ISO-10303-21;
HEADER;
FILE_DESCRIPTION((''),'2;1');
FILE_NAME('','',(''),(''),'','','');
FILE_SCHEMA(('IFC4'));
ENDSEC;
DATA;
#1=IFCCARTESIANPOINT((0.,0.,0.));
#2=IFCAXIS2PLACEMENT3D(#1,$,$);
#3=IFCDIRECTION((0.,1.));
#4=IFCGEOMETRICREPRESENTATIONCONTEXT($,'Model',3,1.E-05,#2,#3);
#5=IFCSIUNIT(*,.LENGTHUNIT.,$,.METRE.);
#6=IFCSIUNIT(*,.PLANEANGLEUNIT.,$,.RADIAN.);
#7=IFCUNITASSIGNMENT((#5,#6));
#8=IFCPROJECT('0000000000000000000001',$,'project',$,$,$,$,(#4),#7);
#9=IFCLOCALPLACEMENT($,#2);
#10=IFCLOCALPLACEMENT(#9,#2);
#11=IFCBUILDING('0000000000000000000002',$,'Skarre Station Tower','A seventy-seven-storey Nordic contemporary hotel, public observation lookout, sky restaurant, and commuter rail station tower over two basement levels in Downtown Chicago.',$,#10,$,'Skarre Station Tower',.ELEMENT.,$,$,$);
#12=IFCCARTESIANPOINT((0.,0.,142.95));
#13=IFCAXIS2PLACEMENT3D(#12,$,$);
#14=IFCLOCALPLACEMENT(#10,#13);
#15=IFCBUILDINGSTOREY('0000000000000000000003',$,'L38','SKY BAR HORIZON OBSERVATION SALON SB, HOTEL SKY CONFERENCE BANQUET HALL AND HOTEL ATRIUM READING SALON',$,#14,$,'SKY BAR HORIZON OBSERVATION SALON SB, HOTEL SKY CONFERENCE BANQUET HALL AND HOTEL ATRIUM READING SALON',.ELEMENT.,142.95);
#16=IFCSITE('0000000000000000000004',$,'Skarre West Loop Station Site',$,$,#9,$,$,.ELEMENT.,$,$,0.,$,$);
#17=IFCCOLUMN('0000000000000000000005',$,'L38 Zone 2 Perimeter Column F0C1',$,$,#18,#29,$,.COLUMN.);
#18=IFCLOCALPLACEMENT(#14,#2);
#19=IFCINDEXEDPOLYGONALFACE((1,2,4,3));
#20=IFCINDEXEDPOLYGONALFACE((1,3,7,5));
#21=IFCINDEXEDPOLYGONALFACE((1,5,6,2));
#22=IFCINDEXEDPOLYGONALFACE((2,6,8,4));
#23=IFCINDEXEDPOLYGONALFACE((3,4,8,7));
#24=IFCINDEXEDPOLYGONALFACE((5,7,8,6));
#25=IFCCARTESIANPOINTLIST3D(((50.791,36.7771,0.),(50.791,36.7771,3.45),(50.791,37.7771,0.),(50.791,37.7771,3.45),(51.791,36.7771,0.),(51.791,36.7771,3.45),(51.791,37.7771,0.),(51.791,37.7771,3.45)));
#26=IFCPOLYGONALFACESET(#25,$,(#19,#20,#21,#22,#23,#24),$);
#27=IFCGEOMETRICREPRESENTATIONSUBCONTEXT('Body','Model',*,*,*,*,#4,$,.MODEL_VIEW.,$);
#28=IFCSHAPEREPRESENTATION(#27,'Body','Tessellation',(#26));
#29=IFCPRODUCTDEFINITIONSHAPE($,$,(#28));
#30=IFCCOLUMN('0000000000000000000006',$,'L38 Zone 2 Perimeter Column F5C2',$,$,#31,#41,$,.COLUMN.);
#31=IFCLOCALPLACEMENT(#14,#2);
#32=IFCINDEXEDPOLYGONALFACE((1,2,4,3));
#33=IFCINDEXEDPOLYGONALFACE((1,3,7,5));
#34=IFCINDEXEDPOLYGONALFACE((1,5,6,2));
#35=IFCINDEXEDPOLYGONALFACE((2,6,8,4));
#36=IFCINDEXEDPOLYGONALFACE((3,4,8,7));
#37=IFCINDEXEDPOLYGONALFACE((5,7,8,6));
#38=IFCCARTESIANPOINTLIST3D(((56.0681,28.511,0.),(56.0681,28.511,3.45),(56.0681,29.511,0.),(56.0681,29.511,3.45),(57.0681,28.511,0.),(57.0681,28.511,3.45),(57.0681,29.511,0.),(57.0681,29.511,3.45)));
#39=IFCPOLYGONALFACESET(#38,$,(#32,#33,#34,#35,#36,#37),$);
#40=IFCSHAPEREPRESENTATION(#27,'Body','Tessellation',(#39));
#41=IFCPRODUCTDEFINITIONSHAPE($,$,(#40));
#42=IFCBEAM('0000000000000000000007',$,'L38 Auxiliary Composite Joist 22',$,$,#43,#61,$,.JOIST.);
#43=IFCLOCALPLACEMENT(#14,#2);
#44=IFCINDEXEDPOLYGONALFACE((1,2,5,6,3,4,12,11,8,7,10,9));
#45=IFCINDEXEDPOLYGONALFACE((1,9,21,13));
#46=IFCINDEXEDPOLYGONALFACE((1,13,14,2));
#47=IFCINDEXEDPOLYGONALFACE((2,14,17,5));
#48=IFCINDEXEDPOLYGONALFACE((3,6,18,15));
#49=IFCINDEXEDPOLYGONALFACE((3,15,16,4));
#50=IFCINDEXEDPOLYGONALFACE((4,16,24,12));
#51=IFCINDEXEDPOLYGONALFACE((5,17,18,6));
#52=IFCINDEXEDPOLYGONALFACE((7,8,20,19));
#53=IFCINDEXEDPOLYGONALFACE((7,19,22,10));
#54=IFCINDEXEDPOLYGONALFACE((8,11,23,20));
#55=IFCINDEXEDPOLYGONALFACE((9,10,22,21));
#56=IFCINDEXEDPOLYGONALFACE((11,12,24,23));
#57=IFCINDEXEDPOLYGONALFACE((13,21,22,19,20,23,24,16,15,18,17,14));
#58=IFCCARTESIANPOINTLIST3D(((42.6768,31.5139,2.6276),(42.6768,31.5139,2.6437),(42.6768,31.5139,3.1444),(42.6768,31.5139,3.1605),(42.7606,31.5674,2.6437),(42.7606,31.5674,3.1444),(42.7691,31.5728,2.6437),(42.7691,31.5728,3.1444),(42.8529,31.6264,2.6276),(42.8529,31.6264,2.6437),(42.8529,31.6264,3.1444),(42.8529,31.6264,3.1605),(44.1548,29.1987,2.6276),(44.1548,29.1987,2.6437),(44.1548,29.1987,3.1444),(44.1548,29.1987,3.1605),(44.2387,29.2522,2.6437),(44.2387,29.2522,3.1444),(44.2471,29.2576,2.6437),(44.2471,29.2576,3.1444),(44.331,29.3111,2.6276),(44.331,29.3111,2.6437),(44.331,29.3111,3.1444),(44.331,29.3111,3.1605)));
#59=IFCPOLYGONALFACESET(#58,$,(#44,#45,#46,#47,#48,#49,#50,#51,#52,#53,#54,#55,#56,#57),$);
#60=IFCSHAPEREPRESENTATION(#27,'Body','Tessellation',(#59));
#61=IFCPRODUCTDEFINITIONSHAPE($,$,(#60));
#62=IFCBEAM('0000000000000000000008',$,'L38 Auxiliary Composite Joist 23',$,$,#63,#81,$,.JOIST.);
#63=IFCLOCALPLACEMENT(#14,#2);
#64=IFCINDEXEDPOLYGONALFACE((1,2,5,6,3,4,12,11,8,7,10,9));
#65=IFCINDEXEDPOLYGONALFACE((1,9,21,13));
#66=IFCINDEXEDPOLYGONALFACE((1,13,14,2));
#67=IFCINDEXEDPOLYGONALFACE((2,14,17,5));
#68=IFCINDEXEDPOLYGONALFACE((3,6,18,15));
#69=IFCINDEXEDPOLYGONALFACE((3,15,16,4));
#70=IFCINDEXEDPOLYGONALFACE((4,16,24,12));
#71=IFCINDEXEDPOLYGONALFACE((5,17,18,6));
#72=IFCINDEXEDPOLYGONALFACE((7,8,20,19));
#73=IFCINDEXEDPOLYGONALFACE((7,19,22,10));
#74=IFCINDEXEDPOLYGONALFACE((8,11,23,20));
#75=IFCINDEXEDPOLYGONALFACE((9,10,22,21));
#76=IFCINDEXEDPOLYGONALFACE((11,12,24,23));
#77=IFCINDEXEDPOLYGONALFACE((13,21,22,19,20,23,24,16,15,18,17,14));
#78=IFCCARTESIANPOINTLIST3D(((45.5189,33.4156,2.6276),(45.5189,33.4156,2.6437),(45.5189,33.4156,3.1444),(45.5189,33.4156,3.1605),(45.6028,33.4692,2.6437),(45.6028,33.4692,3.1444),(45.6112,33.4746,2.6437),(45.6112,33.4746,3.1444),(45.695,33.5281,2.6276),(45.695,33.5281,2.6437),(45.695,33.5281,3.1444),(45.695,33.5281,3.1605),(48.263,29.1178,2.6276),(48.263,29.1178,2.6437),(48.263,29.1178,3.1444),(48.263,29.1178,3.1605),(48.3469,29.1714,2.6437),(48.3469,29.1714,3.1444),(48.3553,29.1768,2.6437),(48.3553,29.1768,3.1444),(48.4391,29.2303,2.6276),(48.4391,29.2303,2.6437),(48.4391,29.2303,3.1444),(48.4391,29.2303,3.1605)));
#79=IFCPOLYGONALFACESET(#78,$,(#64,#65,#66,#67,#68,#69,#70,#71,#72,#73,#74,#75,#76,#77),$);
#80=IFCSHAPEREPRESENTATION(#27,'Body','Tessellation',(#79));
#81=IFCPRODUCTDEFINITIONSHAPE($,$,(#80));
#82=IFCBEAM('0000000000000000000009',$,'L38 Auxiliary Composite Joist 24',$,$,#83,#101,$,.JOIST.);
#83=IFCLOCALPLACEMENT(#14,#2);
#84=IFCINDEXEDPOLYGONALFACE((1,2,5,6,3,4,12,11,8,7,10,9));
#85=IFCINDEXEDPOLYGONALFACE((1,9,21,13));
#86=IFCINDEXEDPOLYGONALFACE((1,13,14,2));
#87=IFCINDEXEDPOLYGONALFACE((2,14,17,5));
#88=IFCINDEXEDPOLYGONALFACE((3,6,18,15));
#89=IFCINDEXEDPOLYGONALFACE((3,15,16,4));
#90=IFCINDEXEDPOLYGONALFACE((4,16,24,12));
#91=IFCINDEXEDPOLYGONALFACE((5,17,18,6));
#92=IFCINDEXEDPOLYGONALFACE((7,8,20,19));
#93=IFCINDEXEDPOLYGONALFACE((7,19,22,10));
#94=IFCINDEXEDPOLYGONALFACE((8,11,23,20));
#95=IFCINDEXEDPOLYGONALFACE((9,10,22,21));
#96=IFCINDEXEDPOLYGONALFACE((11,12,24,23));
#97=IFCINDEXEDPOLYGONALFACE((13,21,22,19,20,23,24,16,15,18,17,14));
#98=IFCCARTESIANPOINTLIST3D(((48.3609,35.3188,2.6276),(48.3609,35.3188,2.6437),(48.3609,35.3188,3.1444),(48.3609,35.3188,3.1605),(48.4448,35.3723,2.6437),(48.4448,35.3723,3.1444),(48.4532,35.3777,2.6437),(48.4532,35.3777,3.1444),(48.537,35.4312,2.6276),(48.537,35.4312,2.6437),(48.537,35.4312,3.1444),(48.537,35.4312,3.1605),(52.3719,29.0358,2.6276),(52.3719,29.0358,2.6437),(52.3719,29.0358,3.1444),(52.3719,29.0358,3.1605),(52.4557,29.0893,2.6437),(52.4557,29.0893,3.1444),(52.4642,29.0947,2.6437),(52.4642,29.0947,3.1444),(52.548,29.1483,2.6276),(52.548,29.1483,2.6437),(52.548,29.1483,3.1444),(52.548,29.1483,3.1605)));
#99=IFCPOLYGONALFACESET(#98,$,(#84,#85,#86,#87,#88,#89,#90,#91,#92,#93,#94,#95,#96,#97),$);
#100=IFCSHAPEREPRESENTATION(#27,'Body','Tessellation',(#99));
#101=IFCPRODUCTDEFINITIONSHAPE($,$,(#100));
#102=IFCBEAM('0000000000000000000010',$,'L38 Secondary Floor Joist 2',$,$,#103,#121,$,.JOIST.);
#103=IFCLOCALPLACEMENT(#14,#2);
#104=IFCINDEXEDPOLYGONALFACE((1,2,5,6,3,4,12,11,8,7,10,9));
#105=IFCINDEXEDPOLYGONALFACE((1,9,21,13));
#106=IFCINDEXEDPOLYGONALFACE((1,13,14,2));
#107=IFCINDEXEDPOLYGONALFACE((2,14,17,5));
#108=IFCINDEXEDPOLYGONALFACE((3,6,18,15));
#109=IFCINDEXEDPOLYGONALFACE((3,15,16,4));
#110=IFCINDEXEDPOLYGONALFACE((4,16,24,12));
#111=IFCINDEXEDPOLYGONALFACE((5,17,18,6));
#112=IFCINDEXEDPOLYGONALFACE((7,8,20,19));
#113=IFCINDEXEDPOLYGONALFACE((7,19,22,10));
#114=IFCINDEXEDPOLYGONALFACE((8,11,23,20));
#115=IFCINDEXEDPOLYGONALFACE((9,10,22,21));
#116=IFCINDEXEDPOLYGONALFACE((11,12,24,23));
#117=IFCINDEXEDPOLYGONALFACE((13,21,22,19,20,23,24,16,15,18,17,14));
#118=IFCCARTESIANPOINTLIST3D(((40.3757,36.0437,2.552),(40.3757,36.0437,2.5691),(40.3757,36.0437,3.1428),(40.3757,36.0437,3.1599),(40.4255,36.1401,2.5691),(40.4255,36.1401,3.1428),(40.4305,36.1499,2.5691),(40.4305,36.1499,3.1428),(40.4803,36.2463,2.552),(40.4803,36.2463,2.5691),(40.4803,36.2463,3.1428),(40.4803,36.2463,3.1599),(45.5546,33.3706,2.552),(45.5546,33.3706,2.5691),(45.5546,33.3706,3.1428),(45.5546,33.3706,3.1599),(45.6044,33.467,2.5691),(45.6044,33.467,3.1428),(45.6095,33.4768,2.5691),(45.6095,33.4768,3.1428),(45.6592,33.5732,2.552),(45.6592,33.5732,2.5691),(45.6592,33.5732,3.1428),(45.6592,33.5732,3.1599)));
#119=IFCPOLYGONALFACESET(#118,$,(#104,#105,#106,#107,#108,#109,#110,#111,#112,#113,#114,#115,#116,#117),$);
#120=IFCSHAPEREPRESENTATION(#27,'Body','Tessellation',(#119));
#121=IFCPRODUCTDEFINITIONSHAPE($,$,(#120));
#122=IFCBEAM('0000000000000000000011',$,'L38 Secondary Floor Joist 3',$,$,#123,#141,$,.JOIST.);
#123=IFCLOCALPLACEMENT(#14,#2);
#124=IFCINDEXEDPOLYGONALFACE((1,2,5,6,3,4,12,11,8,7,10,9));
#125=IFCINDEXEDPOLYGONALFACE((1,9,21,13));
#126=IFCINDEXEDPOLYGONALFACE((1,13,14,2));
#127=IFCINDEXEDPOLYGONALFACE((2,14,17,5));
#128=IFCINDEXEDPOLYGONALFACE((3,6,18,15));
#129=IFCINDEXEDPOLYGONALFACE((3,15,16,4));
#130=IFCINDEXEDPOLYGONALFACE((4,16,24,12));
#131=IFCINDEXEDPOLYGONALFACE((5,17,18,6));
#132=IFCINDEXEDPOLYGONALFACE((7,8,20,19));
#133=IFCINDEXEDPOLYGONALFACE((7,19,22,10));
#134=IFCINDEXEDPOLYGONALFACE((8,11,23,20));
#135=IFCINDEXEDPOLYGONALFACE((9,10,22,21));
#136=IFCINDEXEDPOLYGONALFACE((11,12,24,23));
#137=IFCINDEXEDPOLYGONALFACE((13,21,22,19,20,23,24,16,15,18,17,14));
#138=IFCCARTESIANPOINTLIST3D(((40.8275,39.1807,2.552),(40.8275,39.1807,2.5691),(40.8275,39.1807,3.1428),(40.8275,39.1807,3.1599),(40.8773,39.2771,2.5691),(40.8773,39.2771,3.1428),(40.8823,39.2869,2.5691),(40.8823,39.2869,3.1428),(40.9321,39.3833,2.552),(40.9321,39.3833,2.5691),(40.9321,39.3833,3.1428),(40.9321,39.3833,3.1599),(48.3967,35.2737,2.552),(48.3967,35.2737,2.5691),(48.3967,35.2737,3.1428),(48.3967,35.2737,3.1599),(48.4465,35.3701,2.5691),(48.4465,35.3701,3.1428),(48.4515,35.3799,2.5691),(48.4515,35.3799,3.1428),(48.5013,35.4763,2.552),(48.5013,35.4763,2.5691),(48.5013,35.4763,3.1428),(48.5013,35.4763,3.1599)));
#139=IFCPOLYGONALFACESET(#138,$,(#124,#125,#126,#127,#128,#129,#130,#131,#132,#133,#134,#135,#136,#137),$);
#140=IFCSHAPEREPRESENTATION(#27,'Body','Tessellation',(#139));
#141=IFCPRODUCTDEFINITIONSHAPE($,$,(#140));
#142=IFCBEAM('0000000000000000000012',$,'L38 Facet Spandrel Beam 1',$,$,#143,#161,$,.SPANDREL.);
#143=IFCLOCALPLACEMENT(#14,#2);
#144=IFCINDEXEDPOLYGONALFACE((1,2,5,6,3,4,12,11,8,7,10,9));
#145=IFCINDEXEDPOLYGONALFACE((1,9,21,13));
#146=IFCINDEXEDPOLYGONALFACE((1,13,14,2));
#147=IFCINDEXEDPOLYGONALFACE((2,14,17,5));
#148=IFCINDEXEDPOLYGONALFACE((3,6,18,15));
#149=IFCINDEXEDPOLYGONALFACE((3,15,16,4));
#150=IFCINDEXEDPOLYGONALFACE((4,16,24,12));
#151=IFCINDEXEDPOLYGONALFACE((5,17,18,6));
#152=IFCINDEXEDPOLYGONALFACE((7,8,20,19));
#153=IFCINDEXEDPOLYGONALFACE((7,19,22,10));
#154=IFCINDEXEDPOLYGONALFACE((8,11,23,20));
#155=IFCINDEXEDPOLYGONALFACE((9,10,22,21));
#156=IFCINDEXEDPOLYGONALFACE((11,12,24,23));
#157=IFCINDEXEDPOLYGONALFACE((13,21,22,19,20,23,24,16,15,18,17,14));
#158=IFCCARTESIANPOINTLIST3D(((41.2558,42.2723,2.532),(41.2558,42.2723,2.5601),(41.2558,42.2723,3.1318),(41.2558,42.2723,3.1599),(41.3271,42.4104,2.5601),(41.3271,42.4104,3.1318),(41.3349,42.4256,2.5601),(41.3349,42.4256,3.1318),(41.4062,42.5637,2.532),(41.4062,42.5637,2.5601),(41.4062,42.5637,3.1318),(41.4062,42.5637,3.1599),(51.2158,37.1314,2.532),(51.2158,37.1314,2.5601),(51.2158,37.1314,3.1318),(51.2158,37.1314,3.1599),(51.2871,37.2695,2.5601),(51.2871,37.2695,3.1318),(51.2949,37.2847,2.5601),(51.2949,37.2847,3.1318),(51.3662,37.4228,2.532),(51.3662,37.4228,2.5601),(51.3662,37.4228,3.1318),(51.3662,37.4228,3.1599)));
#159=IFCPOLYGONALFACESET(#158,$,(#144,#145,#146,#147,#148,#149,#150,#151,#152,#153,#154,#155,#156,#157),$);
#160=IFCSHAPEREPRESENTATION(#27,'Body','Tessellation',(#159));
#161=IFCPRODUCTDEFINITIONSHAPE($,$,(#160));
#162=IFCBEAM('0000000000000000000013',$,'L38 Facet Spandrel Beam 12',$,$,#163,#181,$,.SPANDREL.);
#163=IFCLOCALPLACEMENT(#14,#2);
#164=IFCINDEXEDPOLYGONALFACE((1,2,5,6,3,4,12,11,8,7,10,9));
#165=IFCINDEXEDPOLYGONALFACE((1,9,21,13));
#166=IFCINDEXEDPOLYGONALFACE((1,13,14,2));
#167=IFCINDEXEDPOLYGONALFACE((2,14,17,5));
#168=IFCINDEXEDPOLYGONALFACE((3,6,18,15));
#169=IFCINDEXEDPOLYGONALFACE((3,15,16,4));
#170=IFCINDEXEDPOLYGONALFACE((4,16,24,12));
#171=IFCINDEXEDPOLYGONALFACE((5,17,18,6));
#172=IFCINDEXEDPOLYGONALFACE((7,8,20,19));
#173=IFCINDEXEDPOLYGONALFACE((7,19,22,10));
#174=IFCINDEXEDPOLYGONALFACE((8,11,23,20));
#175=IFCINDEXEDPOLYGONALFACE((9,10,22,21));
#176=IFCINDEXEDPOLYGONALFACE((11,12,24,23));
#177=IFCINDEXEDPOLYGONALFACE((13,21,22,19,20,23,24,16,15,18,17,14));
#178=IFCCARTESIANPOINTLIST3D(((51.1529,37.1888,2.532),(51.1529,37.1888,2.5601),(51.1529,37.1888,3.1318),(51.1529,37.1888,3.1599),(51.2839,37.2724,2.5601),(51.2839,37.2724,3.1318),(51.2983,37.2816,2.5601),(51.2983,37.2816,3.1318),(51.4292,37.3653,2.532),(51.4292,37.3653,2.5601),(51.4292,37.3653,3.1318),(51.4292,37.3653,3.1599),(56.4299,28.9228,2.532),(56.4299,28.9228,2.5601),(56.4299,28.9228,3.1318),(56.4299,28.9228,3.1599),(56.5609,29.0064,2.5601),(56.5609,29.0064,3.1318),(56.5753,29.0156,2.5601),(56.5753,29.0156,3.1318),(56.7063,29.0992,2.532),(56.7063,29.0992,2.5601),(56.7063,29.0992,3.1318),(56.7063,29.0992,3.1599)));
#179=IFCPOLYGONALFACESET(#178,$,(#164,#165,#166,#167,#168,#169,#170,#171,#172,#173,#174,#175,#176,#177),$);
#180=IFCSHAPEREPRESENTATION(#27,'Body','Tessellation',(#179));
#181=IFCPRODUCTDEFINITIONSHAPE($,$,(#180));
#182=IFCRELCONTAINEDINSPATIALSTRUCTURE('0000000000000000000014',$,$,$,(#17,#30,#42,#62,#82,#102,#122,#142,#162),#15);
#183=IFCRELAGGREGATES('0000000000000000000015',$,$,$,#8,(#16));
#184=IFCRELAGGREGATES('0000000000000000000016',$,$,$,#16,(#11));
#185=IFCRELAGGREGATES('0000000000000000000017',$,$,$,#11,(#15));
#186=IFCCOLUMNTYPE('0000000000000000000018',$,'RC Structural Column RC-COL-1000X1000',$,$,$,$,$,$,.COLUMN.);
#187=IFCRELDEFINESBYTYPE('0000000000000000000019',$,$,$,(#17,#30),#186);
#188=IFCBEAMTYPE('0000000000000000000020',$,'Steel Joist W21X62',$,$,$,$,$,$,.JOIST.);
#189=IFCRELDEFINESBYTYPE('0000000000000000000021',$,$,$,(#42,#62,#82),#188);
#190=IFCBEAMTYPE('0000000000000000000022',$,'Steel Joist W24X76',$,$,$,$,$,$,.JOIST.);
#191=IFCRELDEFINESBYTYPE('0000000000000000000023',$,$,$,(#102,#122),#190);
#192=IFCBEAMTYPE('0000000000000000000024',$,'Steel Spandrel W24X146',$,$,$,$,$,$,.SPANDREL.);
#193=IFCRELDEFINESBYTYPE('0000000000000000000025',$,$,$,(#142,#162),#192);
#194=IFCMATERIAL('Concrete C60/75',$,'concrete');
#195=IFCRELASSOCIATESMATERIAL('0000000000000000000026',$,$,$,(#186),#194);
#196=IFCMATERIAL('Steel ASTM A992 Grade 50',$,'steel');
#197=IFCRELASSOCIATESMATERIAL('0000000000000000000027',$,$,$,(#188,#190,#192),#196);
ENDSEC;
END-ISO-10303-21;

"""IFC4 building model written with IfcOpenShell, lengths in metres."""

from ifc_helpers import new_model, si_unit, direction, frame, origin, origin_2d, place, context, subcontext, project, spatial, rectangle, i_section, extrude, material, material_profile, profile_set, type_object, element, save


model = new_model("IFC4")

# Units and contexts
model_context = context("Model", 3, precision=1e-05, world=origin(), true_north=direction((0.0, 1.0)))
body_context = subcontext(model_context, "Body", "Model", "MODEL_VIEW")
ifc_project = project(units=[si_unit("LENGTHUNIT", "METRE"), si_unit("PLANEANGLEUNIT", "RADIAN")], contexts=[model_context])

# Site, building, storey
site_placement = place(None, origin())
site = spatial("IfcSite", under=ifc_project, at=site_placement, Name="Skarre West Loop Station Site", CompositionType="ELEMENT", RefElevation=0.0)
building_placement = place(site_placement, origin())
building = spatial("IfcBuilding", under=site, at=building_placement, Name="Skarre Station Tower", Description="A seventy-seven-storey Nordic contemporary hotel, public observation lookout, sky restaurant, and commuter rail station tower over two basement levels in Downtown Chicago.", LongName="Skarre Station Tower", CompositionType="ELEMENT")
storey_placement = place(building_placement, frame((0.0, 0.0, 142.95)))
storey = spatial("IfcBuildingStorey", under=building, at=storey_placement, Name="L38", Description="SKY BAR HORIZON OBSERVATION SALON SB, HOTEL SKY CONFERENCE BANQUET HALL AND HOTEL ATRIUM READING SALON", LongName="SKY BAR HORIZON OBSERVATION SALON SB, HOTEL SKY CONFERENCE BANQUET HALL AND HOTEL ATRIUM READING SALON", CompositionType="ELEMENT", Elevation=142.95)

# Columns
ifc_material_1 = material(Name="Concrete C60/75", Category="concrete")
ifc_material_profile_1 = material_profile(ifc_material_1, rectangle(XDim=1.0, YDim=1.0, at=origin_2d()), Name="Concrete C60/75")
ifc_profile_set_1 = profile_set([ifc_material_profile_1], Name="Concrete C60/75")
column_type = type_object("IfcColumnType", Name="RC Structural Column RC-COL-1000X1000", PredefinedType="COLUMN", material=ifc_profile_set_1)
for number, where, z_axis, x_axis, name in (
    (1, (51.291, 37.2771, 0.0), (0.0, 0.0, 1.0), (1.0, 0.0, 0.0), "L38 Zone 2 Perimeter Column F0C1"),
    (2, (56.5681, 29.011, 0.0), (0.0, 0.0, 1.0), (1.0, 0.0, 0.0), "L38 Zone 2 Perimeter Column F5C2"),
):
    element("IfcColumn", number, at=place(storey_placement, frame(where, z_axis=z_axis, x_axis=x_axis)), inside=storey, type_object=column_type, Name=name, PredefinedType="COLUMN", context=body_context, shape_type="SweptSolid", body=[
        extrude(rectangle(XDim=1.0, YDim=1.0, at=origin_2d()), origin(), (0.0, 0.0, 1.0), 3.45),
    ])

# Beams
ifc_material_2 = material(Name="Steel ASTM A992 Grade 50", Category="steel")
ifc_material_profile_2 = material_profile(ifc_material_2, i_section(OverallWidth=0.209, OverallDepth=0.533, WebThickness=0.01, FlangeThickness=0.0161, at=origin_2d()), Name="Steel ASTM A992 Grade 50")
ifc_profile_set_2 = profile_set([ifc_material_profile_2], Name="Steel ASTM A992 Grade 50")
beam_type_1 = type_object("IfcBeamType", Name="Steel Joist W21X62", PredefinedType="JOIST", material=ifc_profile_set_2)
beam_1_placement = place(storey_placement, frame((44.2429, 29.2549, 2.894), z_axis=(-0.5381, 0.842881, 0.0), x_axis=(-0.842881, -0.5381, 0.0)))
element("IfcBeam", 3, at=beam_1_placement, inside=storey, type_object=beam_type_1, Name="L38 Auxiliary Composite Joist 22", PredefinedType="JOIST", context=body_context, shape_type="SweptSolid", body=[
    extrude(i_section(OverallWidth=0.209, OverallDepth=0.533, WebThickness=0.01, FlangeThickness=0.0161, at=origin_2d()), origin(), (0.0, 0.0, 1.0), 2.7468),
])
beam_2_placement = place(storey_placement, frame((48.3511, 29.1741, 2.894), z_axis=(-0.538151, 0.842848, 0.0), x_axis=(-0.842848, -0.538151, 0.0)))
element("IfcBeam", 4, at=beam_2_placement, inside=storey, type_object=beam_type_1, Name="L38 Auxiliary Composite Joist 23", PredefinedType="JOIST", context=body_context, shape_type="SweptSolid", body=[
    extrude(i_section(OverallWidth=0.209, OverallDepth=0.533, WebThickness=0.01, FlangeThickness=0.0161, at=origin_2d()), origin(), (0.0, 0.0, 1.0), 5.0991),
])
beam_3_placement = place(storey_placement, frame((52.46, 29.092, 2.894), z_axis=(-0.538091, 0.842886, 0.0), x_axis=(-0.842886, -0.538091, 0.0)))
element("IfcBeam", 5, at=beam_3_placement, inside=storey, type_object=beam_type_1, Name="L38 Auxiliary Composite Joist 24", PredefinedType="JOIST", context=body_context, shape_type="SweptSolid", body=[
    extrude(i_section(OverallWidth=0.209, OverallDepth=0.533, WebThickness=0.01, FlangeThickness=0.0161, at=origin_2d()), origin(), (0.0, 0.0, 1.0), 7.4541),
])
ifc_material_profile_3 = material_profile(ifc_material_2, i_section(OverallWidth=0.228, OverallDepth=0.6079, WebThickness=0.011, FlangeThickness=0.0171, at=origin_2d()), Name="Steel ASTM A992 Grade 50")
ifc_profile_set_3 = profile_set([ifc_material_profile_3], Name="Steel ASTM A992 Grade 50")
beam_type_2 = type_object("IfcBeamType", Name="Steel Joist W24X76", PredefinedType="JOIST", material=ifc_profile_set_3)
beam_4_placement = place(storey_placement, frame((45.6069, 33.4719, 2.856), z_axis=(-0.888615, 0.458655, 0.0), x_axis=(-0.458655, -0.888615, 0.0)))
element("IfcBeam", 6, at=beam_4_placement, inside=storey, type_object=beam_type_2, Name="L38 Secondary Floor Joist 2", PredefinedType="JOIST", context=body_context, shape_type="SweptSolid", body=[
    extrude(i_section(OverallWidth=0.228, OverallDepth=0.6079, WebThickness=0.011, FlangeThickness=0.0171, at=origin_2d()), origin(), (0.0, 0.0, 1.0), 5.8281),
])
beam_5_placement = place(storey_placement, frame((48.449, 35.375, 2.856), z_axis=(-0.888604, 0.458676, 0.0), x_axis=(-0.458676, -0.888604, 0.0)))
element("IfcBeam", 7, at=beam_5_placement, inside=storey, type_object=beam_type_2, Name="L38 Secondary Floor Joist 3", PredefinedType="JOIST", context=body_context, shape_type="SweptSolid", body=[
    extrude(i_section(OverallWidth=0.228, OverallDepth=0.6079, WebThickness=0.011, FlangeThickness=0.0171, at=origin_2d()), origin(), (0.0, 0.0, 1.0), 8.5181),
])
ifc_material_profile_4 = material_profile(ifc_material_2, i_section(OverallWidth=0.3279, OverallDepth=0.6279, WebThickness=0.0171, FlangeThickness=0.0281, at=origin_2d()), Name="Steel ASTM A992 Grade 50")
ifc_profile_set_4 = profile_set([ifc_material_profile_4], Name="Steel ASTM A992 Grade 50")
beam_type_3 = type_object("IfcBeamType", Name="Steel Spandrel W24X146", PredefinedType="SPANDREL", material=ifc_profile_set_4)
beam_6_placement = place(storey_placement, frame((51.291, 37.2771, 2.8459), z_axis=(-0.888612, 0.45866, 0.0), x_axis=(-0.45866, -0.888612, 0.0)))
element("IfcBeam", 8, at=beam_6_placement, inside=storey, type_object=beam_type_3, Name="L38 Facet Spandrel Beam 1", PredefinedType="SPANDREL", context=body_context, shape_type="SweptSolid", body=[
    extrude(i_section(OverallWidth=0.3279, OverallDepth=0.6279, WebThickness=0.0171, FlangeThickness=0.0281, at=origin_2d()), origin(), (0.0, 0.0, 1.0), 11.2085),
])
beam_7_placement = place(storey_placement, frame((56.5681, 29.011, 2.8459), z_axis=(-0.538098, 0.842883, 0.0), x_axis=(-0.842883, -0.538098, 0.0)))
element("IfcBeam", 9, at=beam_7_placement, inside=storey, type_object=beam_type_3, Name="L38 Facet Spandrel Beam 12", PredefinedType="SPANDREL", context=body_context, shape_type="SweptSolid", body=[
    extrude(i_section(OverallWidth=0.3279, OverallDepth=0.6279, WebThickness=0.0171, FlangeThickness=0.0281, at=origin_2d()), origin(), (0.0, 0.0, 1.0), 9.8069),
])

save(model, "model.ifc")
